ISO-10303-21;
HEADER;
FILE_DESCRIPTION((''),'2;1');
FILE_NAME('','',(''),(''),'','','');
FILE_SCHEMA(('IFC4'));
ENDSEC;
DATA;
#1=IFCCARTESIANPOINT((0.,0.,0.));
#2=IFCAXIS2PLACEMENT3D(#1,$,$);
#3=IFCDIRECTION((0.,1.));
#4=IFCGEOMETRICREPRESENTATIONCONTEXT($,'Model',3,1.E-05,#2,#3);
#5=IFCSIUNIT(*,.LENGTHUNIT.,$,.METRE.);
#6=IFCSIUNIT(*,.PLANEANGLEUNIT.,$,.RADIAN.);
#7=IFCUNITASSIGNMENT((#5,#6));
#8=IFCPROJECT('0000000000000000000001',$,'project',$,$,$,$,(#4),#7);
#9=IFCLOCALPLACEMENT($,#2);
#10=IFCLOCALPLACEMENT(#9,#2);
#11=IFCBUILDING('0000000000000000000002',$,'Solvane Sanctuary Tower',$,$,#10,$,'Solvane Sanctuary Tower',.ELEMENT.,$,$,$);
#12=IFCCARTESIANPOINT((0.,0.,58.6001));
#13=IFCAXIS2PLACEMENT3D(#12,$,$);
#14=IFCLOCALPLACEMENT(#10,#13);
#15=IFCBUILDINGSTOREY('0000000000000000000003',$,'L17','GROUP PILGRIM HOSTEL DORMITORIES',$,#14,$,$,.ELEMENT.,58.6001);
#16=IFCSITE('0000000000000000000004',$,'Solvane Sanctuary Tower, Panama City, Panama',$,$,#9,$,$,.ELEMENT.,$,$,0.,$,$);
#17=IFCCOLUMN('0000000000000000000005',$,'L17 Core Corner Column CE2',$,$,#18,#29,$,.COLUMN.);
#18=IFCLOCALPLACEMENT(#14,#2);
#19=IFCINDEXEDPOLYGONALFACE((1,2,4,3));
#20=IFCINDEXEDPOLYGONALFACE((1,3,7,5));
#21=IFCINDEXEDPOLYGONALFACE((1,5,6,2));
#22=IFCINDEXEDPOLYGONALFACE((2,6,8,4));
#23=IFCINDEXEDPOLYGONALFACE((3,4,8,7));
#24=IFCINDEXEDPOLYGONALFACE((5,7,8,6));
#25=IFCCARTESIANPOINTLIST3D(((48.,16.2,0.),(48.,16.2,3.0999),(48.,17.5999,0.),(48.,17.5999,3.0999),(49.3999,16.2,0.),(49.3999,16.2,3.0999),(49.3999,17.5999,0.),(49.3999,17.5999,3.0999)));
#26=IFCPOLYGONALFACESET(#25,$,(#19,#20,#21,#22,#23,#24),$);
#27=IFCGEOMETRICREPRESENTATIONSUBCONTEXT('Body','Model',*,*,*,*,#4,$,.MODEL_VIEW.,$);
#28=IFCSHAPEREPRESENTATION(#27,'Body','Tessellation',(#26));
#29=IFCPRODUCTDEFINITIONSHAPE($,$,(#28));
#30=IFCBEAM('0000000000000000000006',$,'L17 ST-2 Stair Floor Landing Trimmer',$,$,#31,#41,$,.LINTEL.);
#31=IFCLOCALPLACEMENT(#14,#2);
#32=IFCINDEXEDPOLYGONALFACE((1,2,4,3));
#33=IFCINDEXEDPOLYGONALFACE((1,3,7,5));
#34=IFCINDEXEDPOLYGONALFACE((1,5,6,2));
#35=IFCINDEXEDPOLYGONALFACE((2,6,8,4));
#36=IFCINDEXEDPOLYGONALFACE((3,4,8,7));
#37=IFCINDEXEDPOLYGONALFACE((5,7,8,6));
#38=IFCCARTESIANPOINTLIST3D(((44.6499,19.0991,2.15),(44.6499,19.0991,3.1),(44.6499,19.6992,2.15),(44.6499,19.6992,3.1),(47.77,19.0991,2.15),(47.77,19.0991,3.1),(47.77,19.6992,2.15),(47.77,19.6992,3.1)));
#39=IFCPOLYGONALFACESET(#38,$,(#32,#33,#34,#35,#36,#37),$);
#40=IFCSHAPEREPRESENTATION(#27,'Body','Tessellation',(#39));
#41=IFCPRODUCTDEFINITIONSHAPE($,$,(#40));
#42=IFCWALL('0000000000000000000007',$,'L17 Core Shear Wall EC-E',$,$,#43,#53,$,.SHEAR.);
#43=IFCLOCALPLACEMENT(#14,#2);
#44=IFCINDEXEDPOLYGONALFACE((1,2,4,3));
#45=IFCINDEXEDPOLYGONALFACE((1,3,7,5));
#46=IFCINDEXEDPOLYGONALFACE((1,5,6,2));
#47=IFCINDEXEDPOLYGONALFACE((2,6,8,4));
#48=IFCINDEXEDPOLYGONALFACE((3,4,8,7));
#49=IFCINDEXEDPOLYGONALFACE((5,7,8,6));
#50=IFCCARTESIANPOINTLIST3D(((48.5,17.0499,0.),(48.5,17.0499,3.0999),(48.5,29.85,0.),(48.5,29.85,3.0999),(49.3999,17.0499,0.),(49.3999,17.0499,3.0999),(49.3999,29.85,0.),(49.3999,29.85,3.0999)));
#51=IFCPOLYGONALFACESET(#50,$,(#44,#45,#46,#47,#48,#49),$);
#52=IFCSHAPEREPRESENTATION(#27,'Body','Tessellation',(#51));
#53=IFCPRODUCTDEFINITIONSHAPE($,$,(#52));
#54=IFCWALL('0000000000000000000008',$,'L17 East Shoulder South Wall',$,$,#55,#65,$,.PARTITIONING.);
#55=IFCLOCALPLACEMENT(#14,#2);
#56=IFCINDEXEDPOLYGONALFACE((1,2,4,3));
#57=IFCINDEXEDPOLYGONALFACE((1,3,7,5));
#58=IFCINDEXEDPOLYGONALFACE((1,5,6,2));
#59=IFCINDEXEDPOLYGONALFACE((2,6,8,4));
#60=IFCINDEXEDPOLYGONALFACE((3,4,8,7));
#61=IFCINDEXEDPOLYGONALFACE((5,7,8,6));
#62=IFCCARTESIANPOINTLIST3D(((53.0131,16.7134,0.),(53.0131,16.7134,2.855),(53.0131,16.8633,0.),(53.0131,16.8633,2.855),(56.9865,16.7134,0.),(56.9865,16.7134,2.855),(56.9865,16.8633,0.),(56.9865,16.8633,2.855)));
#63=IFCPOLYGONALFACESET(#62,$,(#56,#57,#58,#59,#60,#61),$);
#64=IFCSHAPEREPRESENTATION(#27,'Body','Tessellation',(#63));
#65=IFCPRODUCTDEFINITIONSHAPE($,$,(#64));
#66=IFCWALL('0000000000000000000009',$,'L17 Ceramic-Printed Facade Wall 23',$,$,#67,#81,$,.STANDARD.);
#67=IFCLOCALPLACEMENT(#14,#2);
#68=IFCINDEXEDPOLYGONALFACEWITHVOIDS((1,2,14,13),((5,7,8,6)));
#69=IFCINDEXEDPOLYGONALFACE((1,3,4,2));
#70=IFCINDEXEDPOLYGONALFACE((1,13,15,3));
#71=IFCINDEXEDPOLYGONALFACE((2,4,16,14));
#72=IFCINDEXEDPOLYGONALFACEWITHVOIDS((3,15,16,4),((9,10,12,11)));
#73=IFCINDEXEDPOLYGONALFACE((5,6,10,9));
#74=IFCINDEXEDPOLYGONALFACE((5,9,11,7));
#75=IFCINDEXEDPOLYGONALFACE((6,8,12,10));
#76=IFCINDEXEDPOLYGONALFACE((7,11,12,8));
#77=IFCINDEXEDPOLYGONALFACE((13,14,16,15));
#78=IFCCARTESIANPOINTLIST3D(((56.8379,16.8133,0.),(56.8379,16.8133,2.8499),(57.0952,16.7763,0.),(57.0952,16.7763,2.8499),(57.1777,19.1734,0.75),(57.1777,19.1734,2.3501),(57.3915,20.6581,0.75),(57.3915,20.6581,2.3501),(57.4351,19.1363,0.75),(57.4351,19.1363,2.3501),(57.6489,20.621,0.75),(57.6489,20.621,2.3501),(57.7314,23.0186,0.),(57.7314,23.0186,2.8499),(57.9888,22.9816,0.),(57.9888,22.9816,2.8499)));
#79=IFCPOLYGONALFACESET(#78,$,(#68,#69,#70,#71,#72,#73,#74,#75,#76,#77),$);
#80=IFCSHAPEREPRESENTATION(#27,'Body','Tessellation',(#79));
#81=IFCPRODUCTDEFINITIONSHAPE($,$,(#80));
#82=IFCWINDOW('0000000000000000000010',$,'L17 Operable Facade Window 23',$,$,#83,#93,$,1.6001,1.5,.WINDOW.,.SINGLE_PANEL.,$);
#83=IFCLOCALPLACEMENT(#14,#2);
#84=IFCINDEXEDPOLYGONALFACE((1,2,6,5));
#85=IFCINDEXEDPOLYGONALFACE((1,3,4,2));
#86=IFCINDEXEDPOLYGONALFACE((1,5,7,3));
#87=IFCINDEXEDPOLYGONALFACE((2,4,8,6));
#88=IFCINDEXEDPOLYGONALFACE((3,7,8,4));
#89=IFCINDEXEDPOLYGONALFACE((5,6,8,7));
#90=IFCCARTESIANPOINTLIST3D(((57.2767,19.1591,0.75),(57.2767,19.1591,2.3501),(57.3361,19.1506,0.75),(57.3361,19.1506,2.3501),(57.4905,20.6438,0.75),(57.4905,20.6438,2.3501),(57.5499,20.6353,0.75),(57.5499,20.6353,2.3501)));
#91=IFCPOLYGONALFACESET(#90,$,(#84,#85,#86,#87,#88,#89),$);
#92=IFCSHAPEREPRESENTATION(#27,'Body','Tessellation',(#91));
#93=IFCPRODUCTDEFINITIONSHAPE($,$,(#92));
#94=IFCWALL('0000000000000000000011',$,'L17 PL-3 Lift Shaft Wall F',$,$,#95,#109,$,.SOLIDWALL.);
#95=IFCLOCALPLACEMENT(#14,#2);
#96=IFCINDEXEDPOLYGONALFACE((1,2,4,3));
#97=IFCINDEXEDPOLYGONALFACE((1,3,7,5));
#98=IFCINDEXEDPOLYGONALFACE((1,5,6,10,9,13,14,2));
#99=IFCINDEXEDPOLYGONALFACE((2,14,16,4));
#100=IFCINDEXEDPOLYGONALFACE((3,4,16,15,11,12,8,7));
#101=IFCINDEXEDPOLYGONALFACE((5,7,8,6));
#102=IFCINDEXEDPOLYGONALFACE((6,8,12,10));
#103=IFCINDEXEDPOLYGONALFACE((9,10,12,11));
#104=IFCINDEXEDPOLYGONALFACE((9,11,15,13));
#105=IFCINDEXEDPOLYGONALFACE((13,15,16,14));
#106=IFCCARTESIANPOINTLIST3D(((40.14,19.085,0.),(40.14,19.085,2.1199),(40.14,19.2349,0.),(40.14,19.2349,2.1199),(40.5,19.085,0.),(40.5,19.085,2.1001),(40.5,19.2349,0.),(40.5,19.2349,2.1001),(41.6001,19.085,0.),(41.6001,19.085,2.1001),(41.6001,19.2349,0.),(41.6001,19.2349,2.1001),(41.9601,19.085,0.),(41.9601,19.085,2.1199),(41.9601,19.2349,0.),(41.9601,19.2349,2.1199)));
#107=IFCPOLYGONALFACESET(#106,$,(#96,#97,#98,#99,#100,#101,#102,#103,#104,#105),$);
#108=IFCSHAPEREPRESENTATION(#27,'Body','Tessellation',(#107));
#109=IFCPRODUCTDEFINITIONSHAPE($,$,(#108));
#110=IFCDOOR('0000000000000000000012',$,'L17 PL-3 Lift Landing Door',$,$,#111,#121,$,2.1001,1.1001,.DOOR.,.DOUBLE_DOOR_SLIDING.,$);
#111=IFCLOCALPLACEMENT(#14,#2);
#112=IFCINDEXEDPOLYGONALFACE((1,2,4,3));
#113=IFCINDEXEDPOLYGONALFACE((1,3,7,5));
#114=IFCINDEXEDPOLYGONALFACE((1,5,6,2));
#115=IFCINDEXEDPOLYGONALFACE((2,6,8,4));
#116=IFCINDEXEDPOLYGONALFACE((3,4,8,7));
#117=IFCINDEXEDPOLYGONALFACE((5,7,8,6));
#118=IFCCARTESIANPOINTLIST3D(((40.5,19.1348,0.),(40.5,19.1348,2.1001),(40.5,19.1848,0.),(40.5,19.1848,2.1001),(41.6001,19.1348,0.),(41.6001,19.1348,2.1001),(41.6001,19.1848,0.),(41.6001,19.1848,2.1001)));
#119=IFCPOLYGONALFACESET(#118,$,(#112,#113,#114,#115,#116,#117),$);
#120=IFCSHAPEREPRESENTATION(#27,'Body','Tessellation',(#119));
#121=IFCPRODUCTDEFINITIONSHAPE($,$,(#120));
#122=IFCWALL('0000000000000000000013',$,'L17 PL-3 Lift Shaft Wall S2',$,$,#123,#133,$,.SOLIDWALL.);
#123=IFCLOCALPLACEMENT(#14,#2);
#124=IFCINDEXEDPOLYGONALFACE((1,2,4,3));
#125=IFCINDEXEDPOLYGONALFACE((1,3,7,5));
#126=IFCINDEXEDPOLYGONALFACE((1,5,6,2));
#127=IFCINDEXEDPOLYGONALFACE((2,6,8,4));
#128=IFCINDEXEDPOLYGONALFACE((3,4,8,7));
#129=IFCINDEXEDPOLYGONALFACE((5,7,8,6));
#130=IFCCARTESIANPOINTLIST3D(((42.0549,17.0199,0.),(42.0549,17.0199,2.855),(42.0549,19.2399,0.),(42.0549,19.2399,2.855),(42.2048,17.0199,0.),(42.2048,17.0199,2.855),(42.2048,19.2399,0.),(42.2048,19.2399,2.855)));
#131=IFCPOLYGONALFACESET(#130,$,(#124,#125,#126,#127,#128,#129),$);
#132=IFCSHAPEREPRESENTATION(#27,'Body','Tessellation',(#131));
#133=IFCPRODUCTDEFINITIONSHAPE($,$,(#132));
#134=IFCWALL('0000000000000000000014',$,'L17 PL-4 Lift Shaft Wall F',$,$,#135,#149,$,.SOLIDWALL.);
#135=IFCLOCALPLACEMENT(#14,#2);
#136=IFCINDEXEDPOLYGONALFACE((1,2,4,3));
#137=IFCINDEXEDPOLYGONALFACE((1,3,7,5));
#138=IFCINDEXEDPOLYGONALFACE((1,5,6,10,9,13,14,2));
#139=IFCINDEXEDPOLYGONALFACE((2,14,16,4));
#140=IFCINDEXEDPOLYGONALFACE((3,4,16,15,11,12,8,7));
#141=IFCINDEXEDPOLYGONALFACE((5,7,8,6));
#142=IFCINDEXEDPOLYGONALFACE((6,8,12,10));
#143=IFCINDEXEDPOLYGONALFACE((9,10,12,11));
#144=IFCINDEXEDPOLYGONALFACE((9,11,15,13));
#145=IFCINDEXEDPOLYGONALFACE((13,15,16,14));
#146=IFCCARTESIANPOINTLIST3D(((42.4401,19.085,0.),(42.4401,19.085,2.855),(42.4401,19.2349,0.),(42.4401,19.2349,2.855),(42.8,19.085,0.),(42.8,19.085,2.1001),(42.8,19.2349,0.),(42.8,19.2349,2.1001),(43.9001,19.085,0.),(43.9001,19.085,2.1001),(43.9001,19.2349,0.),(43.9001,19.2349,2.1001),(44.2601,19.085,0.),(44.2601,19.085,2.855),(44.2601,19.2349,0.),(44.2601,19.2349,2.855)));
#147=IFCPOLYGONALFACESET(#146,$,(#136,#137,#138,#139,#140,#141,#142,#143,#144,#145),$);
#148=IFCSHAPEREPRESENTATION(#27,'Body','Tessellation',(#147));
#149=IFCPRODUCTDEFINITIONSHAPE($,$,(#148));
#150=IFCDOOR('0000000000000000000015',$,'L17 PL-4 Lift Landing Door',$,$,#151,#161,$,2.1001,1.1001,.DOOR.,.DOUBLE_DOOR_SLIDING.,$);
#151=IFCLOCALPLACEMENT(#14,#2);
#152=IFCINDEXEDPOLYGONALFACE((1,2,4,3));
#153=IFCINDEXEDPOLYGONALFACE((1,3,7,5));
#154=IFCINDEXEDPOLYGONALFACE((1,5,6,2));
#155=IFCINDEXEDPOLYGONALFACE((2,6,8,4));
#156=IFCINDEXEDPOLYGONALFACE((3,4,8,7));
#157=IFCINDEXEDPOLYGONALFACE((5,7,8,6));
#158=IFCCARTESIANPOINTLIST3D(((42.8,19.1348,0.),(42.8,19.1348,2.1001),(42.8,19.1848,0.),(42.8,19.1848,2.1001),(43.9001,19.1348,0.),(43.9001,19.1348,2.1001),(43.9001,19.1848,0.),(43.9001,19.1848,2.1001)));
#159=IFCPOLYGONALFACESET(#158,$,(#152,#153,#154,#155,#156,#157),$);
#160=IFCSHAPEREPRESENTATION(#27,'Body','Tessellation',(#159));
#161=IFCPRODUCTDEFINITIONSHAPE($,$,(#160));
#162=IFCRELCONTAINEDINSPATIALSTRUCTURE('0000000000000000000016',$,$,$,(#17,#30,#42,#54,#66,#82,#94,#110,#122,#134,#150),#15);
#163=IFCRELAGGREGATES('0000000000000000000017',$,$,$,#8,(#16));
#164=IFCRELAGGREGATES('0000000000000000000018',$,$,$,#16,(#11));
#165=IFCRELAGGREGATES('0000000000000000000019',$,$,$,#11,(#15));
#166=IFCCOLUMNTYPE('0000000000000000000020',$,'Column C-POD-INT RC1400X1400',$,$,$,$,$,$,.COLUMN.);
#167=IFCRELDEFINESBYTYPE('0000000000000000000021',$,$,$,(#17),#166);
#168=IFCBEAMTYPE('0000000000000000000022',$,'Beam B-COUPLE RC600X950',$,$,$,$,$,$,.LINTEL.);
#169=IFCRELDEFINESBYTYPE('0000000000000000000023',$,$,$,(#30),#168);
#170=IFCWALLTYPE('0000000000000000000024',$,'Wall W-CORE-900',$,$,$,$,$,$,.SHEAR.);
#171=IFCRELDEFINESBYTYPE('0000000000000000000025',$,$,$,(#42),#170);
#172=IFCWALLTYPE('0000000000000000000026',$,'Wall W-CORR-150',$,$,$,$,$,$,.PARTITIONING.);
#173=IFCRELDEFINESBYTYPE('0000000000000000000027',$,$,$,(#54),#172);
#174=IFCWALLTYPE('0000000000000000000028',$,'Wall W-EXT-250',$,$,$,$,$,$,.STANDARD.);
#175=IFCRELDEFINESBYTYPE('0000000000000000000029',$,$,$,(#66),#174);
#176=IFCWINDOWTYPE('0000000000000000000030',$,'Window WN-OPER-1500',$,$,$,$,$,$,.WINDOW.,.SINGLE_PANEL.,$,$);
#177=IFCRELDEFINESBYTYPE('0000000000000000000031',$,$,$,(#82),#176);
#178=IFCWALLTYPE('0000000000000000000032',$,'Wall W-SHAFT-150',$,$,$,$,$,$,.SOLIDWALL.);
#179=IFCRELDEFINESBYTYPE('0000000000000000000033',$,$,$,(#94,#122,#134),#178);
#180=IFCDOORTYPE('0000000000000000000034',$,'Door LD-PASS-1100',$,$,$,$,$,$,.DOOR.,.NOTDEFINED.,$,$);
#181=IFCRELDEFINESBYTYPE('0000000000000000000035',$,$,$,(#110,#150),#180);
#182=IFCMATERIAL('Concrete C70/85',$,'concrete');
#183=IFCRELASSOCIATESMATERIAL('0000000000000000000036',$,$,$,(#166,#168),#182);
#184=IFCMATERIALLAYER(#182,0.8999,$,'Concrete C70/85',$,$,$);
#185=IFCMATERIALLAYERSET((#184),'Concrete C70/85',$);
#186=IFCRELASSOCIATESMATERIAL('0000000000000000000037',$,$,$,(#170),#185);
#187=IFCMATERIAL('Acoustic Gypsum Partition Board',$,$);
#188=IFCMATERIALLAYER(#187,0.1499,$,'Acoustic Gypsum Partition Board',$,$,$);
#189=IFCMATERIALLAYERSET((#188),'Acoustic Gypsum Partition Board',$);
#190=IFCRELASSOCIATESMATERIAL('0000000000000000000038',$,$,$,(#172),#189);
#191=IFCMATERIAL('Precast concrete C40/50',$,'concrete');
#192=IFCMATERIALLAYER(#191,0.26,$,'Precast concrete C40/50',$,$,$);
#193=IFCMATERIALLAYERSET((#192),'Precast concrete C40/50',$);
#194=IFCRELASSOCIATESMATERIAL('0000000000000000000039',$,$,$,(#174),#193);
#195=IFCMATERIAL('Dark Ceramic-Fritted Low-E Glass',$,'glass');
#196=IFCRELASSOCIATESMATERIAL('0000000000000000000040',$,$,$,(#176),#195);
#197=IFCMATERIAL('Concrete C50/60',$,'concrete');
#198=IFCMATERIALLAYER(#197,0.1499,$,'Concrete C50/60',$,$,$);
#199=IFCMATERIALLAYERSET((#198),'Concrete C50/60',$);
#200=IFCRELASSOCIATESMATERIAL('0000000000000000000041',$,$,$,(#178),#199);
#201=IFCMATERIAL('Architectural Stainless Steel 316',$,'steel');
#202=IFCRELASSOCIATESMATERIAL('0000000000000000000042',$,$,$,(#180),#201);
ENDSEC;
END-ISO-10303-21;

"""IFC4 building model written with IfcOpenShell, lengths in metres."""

from ifc_helpers import new_model, si_unit, direction, frame, frame_2d, origin, origin_2d, place, context, subcontext, project, spatial, rectangle, extrude, material, layer, layer_set, material_profile, profile_set, type_object, element, fill, save


model = new_model("IFC4")

# Units and contexts
model_context = context("Model", 3, precision=1e-05, world=origin(), true_north=direction((0.0, 1.0)))
body_context = subcontext(model_context, "Body", "Model", "MODEL_VIEW")
ifc_project = project(units=[si_unit("LENGTHUNIT", "METRE"), si_unit("PLANEANGLEUNIT", "RADIAN")], contexts=[model_context])

# Site, building, storey
site_placement = place(None, origin())
site = spatial("IfcSite", under=ifc_project, at=site_placement, Name="Solvane Sanctuary Tower, Panama City, Panama", CompositionType="ELEMENT", RefElevation=0.0)
building_placement = place(site_placement, origin())
building = spatial("IfcBuilding", under=site, at=building_placement, Name="Solvane Sanctuary Tower", LongName="Solvane Sanctuary Tower", CompositionType="ELEMENT")
storey_placement = place(building_placement, frame((0.0, 0.0, 58.6001)))
storey = spatial("IfcBuildingStorey", under=building, at=storey_placement, Name="L17", Description="GROUP PILGRIM HOSTEL DORMITORIES", CompositionType="ELEMENT", Elevation=58.6001)

# Column
ifc_material_1 = material(Name="Concrete C70/85", Category="concrete")
ifc_material_profile_1 = material_profile(ifc_material_1, rectangle(XDim=1.3999, YDim=1.3999, at=origin_2d()), Name="RC1400X1400")
ifc_profile_set_1 = profile_set([ifc_material_profile_1], Name="Concrete C70/85")
column_type = type_object("IfcColumnType", Name="Column C-POD-INT RC1400X1400", PredefinedType="COLUMN", material=ifc_profile_set_1)
column_placement = place(storey_placement, frame((48.7, 16.8999, 0.0), z_axis=(0.0, 0.0, 1.0), x_axis=(1.0, 0.0, 0.0)))
element("IfcColumn", 1, at=column_placement, inside=storey, type_object=column_type, Name="L17 Core Corner Column CE2", PredefinedType="COLUMN", context=body_context, shape_type="SweptSolid", body=[
    extrude(rectangle(XDim=1.3999, YDim=1.3999, at=origin_2d()), origin(), (0.0, 0.0, 1.0), 3.0999),
])

# Beam
ifc_material_profile_2 = material_profile(ifc_material_1, rectangle(XDim=0.6001, YDim=0.95, at=origin_2d()), Name="RC600X950")
ifc_profile_set_2 = profile_set([ifc_material_profile_2], Name="Concrete C70/85")
beam_type = type_object("IfcBeamType", Name="Beam B-COUPLE RC600X950", PredefinedType="LINTEL", material=ifc_profile_set_2)
beam_placement = place(storey_placement, frame((44.6499, 19.3992, 2.625), z_axis=(1.0, 0.0, 0.0), x_axis=(0.0, 1.0, 0.0)))
element("IfcBeam", 2, at=beam_placement, inside=storey, type_object=beam_type, Name="L17 ST-2 Stair Floor Landing Trimmer", PredefinedType="LINTEL", context=body_context, shape_type="SweptSolid", body=[
    extrude(rectangle(XDim=0.6001, YDim=0.95, at=origin_2d()), origin(), (0.0, 0.0, 1.0), 3.1201),
])

# Walls
ifc_layer_1 = layer(ifc_material_1, 0.8999, Name="Concrete C70/85")
ifc_layer_set_1 = layer_set([ifc_layer_1], Name="Concrete C70/85")
wall_type_1 = type_object("IfcWallType", Name="Wall W-CORE-900", PredefinedType="SHEAR", material=ifc_layer_set_1)
wall_1_placement = place(storey_placement, frame((48.95, 17.05, 0.0), z_axis=(0.0, 0.0, 1.0), x_axis=(0.0, 1.0, 0.0)))
element("IfcWall", 3, at=wall_1_placement, inside=storey, type_object=wall_type_1, Name="L17 Core Shear Wall EC-E", PredefinedType="SHEAR", context=body_context, shape_type="SweptSolid", body=[
    extrude(rectangle(XDim=12.8, YDim=0.8999, at=frame_2d((6.3999, 0.0))), origin(), (0.0, 0.0, 1.0), 3.0999),
])
ifc_material_2 = material(Name="Acoustic Gypsum Partition Board")
ifc_layer_2 = layer(ifc_material_2, 0.1499, Name="Acoustic Gypsum Partition Board")
ifc_layer_set_2 = layer_set([ifc_layer_2], Name="Acoustic Gypsum Partition Board")
wall_type_2 = type_object("IfcWallType", Name="Wall W-CORR-150", PredefinedType="PARTITIONING", material=ifc_layer_set_2)
wall_2_placement = place(storey_placement, frame((53.0129, 16.7883, 0.0), z_axis=(0.0, 0.0, 1.0), x_axis=(1.0, 0.0, 0.0)))
element("IfcWall", 4, at=wall_2_placement, inside=storey, type_object=wall_type_2, Name="L17 East Shoulder South Wall", PredefinedType="PARTITIONING", context=body_context, shape_type="SweptSolid", body=[
    extrude(rectangle(XDim=3.9734, YDim=0.1499, at=frame_2d((1.9868, 0.0))), origin(), (0.0, 0.0, 1.0), 2.855),
])

# Wall, opening, window
ifc_material_3 = material(Name="Precast concrete C40/50", Category="concrete")
ifc_layer_3 = layer(ifc_material_3, 0.26, Name="Precast concrete C40/50")
ifc_layer_set_3 = layer_set([ifc_layer_3], Name="Precast concrete C40/50")
wall_type_3 = type_object("IfcWallType", Name="Wall W-EXT-250", PredefinedType="STANDARD", material=ifc_layer_set_3)
wall_3_placement = place(storey_placement, frame((56.9666, 16.7947, 0.0), z_axis=(0.0, 0.0, 1.0), x_axis=(0.142528, 0.989791, 0.0)))
wall_3 = element("IfcWall", 5, at=wall_3_placement, inside=storey, type_object=wall_type_3, Name="L17 Ceramic-Printed Facade Wall 23", PredefinedType="STANDARD", context=body_context, shape_type="SweptSolid", body=[
    extrude(rectangle(XDim=6.2693, YDim=0.26, at=frame_2d((3.1348, 0.0))), origin(), (0.0, 0.0, 1.0), 2.8499),
])
opening_1_placement = place(wall_3_placement, frame((2.3845, 0.0, 0.75)))
opening_1 = element("IfcOpeningElement", 6, at=opening_1_placement, cuts=wall_3, PredefinedType="OPENING", context=body_context, shape_type="SweptSolid", body=[
    extrude(rectangle(XDim=1.5, YDim=1.6001, at=frame_2d((0.75, 0.8))), frame((0.0, 0.1399, 0.0), z_axis=(0.0, -1.0, 0.0), x_axis=(1.0, 0.0, 0.0)), (0.0, 0.0, 1.0), 0.28),
])
ifc_material_4 = material(Name="Dark Ceramic-Fritted Low-E Glass", Category="glass")
window_type = type_object("IfcWindowType", Name="Window WN-OPER-1500", PartitioningType="SINGLE_PANEL", PredefinedType="WINDOW", material=ifc_material_4)
window_placement = place(opening_1_placement, origin())
window = element("IfcWindow", 7, at=window_placement, inside=storey, type_object=window_type, Name="L17 Operable Facade Window 23", OverallHeight=1.6001, OverallWidth=1.5, PartitioningType="SINGLE_PANEL", PredefinedType="WINDOW", context=body_context, shape_type="SweptSolid", body=[
    extrude(rectangle(XDim=1.5, YDim=1.6001, at=frame_2d((0.75, 0.8))), frame((0.0, 0.03, 0.0), z_axis=(0.0, -1.0, 0.0), x_axis=(1.0, 0.0, 0.0)), (0.0, 0.0, 1.0), 0.0601),
])
fill(opening_1, window)

# Wall, opening, door
ifc_material_5 = material(Name="Concrete C50/60", Category="concrete")
ifc_layer_4 = layer(ifc_material_5, 0.1499, Name="Concrete C50/60")
ifc_layer_set_4 = layer_set([ifc_layer_4], Name="Concrete C50/60")
wall_type_4 = type_object("IfcWallType", Name="Wall W-SHAFT-150", PredefinedType="SOLIDWALL", material=ifc_layer_set_4)
wall_4_placement = place(storey_placement, frame((40.1399, 19.1599, 0.0), z_axis=(0.0, 0.0, 1.0), x_axis=(1.0, 0.0, 0.0)))
wall_4 = element("IfcWall", 8, at=wall_4_placement, inside=storey, type_object=wall_type_4, Name="L17 PL-3 Lift Shaft Wall F", PredefinedType="SOLIDWALL", context=body_context, shape_type="SweptSolid", body=[
    extrude(rectangle(XDim=1.8201, YDim=0.1499, at=frame_2d((0.9102, 0.0))), origin(), (0.0, 0.0, 1.0), 2.1199),
])
opening_2_placement = place(wall_4_placement, frame((0.3601, 0.0, 0.0)))
opening_2 = element("IfcOpeningElement", 9, at=opening_2_placement, cuts=wall_4, PredefinedType="OPENING", context=body_context, shape_type="SweptSolid", body=[
    extrude(rectangle(XDim=1.1001, YDim=2.1001, at=frame_2d((0.55, 1.05))), frame((0.0, 0.085, 0.0), z_axis=(0.0, -1.0, 0.0), x_axis=(1.0, 0.0, 0.0)), (0.0, 0.0, 1.0), 0.1699),
])
ifc_material_6 = material(Name="Architectural Stainless Steel 316", Category="steel")
door_type_1 = type_object("IfcDoorType", Name="Door LD-PASS-1100", OperationType="NOTDEFINED", PredefinedType="DOOR", material=ifc_material_6)
door_1_placement = place(opening_2_placement, origin())
door_1 = element("IfcDoor", 10, at=door_1_placement, inside=storey, type_object=door_type_1, Name="L17 PL-3 Lift Landing Door", OperationType="DOUBLE_DOOR_SLIDING", OverallHeight=2.1001, OverallWidth=1.1001, PredefinedType="DOOR", context=body_context, shape_type="SweptSolid", body=[
    extrude(rectangle(XDim=1.1001, YDim=2.1001, at=frame_2d((0.55, 1.05))), frame((0.0, 0.0249, 0.0), z_axis=(0.0, -1.0, 0.0), x_axis=(1.0, 0.0, 0.0)), (0.0, 0.0, 1.0), 0.05),
])
fill(opening_2, door_1)

# Wall
wall_5_placement = place(storey_placement, frame((42.1299, 17.02, 0.0), z_axis=(0.0, 0.0, 1.0), x_axis=(0.0, 1.0, 0.0)))
element("IfcWall", 11, at=wall_5_placement, inside=storey, type_object=wall_type_4, Name="L17 PL-3 Lift Shaft Wall S2", PredefinedType="SOLIDWALL", context=body_context, shape_type="SweptSolid", body=[
    extrude(rectangle(XDim=2.22, YDim=0.1499, at=frame_2d((1.1099, 0.0))), origin(), (0.0, 0.0, 1.0), 2.855),
])

# Wall, opening, door
wall_6_placement = place(storey_placement, frame((42.4399, 19.1599, 0.0), z_axis=(0.0, 0.0, 1.0), x_axis=(1.0, 0.0, 0.0)))
wall_6 = element("IfcWall", 12, at=wall_6_placement, inside=storey, type_object=wall_type_4, Name="L17 PL-4 Lift Shaft Wall F", PredefinedType="SOLIDWALL", context=body_context, shape_type="SweptSolid", body=[
    extrude(rectangle(XDim=1.8201, YDim=0.1499, at=frame_2d((0.9102, 0.0))), origin(), (0.0, 0.0, 1.0), 2.855),
])
opening_3_placement = place(wall_6_placement, frame((0.3601, 0.0, 0.0)))
opening_3 = element("IfcOpeningElement", 13, at=opening_3_placement, cuts=wall_6, PredefinedType="OPENING", context=body_context, shape_type="SweptSolid", body=[
    extrude(rectangle(XDim=1.1001, YDim=2.1001, at=frame_2d((0.55, 1.05))), frame((0.0, 0.085, 0.0), z_axis=(0.0, -1.0, 0.0), x_axis=(1.0, 0.0, 0.0)), (0.0, 0.0, 1.0), 0.1699),
])
door_2_placement = place(opening_3_placement, origin())
door_2 = element("IfcDoor", 14, at=door_2_placement, inside=storey, type_object=door_type_1, Name="L17 PL-4 Lift Landing Door", OperationType="DOUBLE_DOOR_SLIDING", OverallHeight=2.1001, OverallWidth=1.1001, PredefinedType="DOOR", context=body_context, shape_type="SweptSolid", body=[
    extrude(rectangle(XDim=1.1001, YDim=2.1001, at=frame_2d((0.55, 1.05))), frame((0.0, 0.0249, 0.0), z_axis=(0.0, -1.0, 0.0), x_axis=(1.0, 0.0, 0.0)), (0.0, 0.0, 1.0), 0.05),
])
fill(opening_3, door_2)

save(model, "model.ifc")
